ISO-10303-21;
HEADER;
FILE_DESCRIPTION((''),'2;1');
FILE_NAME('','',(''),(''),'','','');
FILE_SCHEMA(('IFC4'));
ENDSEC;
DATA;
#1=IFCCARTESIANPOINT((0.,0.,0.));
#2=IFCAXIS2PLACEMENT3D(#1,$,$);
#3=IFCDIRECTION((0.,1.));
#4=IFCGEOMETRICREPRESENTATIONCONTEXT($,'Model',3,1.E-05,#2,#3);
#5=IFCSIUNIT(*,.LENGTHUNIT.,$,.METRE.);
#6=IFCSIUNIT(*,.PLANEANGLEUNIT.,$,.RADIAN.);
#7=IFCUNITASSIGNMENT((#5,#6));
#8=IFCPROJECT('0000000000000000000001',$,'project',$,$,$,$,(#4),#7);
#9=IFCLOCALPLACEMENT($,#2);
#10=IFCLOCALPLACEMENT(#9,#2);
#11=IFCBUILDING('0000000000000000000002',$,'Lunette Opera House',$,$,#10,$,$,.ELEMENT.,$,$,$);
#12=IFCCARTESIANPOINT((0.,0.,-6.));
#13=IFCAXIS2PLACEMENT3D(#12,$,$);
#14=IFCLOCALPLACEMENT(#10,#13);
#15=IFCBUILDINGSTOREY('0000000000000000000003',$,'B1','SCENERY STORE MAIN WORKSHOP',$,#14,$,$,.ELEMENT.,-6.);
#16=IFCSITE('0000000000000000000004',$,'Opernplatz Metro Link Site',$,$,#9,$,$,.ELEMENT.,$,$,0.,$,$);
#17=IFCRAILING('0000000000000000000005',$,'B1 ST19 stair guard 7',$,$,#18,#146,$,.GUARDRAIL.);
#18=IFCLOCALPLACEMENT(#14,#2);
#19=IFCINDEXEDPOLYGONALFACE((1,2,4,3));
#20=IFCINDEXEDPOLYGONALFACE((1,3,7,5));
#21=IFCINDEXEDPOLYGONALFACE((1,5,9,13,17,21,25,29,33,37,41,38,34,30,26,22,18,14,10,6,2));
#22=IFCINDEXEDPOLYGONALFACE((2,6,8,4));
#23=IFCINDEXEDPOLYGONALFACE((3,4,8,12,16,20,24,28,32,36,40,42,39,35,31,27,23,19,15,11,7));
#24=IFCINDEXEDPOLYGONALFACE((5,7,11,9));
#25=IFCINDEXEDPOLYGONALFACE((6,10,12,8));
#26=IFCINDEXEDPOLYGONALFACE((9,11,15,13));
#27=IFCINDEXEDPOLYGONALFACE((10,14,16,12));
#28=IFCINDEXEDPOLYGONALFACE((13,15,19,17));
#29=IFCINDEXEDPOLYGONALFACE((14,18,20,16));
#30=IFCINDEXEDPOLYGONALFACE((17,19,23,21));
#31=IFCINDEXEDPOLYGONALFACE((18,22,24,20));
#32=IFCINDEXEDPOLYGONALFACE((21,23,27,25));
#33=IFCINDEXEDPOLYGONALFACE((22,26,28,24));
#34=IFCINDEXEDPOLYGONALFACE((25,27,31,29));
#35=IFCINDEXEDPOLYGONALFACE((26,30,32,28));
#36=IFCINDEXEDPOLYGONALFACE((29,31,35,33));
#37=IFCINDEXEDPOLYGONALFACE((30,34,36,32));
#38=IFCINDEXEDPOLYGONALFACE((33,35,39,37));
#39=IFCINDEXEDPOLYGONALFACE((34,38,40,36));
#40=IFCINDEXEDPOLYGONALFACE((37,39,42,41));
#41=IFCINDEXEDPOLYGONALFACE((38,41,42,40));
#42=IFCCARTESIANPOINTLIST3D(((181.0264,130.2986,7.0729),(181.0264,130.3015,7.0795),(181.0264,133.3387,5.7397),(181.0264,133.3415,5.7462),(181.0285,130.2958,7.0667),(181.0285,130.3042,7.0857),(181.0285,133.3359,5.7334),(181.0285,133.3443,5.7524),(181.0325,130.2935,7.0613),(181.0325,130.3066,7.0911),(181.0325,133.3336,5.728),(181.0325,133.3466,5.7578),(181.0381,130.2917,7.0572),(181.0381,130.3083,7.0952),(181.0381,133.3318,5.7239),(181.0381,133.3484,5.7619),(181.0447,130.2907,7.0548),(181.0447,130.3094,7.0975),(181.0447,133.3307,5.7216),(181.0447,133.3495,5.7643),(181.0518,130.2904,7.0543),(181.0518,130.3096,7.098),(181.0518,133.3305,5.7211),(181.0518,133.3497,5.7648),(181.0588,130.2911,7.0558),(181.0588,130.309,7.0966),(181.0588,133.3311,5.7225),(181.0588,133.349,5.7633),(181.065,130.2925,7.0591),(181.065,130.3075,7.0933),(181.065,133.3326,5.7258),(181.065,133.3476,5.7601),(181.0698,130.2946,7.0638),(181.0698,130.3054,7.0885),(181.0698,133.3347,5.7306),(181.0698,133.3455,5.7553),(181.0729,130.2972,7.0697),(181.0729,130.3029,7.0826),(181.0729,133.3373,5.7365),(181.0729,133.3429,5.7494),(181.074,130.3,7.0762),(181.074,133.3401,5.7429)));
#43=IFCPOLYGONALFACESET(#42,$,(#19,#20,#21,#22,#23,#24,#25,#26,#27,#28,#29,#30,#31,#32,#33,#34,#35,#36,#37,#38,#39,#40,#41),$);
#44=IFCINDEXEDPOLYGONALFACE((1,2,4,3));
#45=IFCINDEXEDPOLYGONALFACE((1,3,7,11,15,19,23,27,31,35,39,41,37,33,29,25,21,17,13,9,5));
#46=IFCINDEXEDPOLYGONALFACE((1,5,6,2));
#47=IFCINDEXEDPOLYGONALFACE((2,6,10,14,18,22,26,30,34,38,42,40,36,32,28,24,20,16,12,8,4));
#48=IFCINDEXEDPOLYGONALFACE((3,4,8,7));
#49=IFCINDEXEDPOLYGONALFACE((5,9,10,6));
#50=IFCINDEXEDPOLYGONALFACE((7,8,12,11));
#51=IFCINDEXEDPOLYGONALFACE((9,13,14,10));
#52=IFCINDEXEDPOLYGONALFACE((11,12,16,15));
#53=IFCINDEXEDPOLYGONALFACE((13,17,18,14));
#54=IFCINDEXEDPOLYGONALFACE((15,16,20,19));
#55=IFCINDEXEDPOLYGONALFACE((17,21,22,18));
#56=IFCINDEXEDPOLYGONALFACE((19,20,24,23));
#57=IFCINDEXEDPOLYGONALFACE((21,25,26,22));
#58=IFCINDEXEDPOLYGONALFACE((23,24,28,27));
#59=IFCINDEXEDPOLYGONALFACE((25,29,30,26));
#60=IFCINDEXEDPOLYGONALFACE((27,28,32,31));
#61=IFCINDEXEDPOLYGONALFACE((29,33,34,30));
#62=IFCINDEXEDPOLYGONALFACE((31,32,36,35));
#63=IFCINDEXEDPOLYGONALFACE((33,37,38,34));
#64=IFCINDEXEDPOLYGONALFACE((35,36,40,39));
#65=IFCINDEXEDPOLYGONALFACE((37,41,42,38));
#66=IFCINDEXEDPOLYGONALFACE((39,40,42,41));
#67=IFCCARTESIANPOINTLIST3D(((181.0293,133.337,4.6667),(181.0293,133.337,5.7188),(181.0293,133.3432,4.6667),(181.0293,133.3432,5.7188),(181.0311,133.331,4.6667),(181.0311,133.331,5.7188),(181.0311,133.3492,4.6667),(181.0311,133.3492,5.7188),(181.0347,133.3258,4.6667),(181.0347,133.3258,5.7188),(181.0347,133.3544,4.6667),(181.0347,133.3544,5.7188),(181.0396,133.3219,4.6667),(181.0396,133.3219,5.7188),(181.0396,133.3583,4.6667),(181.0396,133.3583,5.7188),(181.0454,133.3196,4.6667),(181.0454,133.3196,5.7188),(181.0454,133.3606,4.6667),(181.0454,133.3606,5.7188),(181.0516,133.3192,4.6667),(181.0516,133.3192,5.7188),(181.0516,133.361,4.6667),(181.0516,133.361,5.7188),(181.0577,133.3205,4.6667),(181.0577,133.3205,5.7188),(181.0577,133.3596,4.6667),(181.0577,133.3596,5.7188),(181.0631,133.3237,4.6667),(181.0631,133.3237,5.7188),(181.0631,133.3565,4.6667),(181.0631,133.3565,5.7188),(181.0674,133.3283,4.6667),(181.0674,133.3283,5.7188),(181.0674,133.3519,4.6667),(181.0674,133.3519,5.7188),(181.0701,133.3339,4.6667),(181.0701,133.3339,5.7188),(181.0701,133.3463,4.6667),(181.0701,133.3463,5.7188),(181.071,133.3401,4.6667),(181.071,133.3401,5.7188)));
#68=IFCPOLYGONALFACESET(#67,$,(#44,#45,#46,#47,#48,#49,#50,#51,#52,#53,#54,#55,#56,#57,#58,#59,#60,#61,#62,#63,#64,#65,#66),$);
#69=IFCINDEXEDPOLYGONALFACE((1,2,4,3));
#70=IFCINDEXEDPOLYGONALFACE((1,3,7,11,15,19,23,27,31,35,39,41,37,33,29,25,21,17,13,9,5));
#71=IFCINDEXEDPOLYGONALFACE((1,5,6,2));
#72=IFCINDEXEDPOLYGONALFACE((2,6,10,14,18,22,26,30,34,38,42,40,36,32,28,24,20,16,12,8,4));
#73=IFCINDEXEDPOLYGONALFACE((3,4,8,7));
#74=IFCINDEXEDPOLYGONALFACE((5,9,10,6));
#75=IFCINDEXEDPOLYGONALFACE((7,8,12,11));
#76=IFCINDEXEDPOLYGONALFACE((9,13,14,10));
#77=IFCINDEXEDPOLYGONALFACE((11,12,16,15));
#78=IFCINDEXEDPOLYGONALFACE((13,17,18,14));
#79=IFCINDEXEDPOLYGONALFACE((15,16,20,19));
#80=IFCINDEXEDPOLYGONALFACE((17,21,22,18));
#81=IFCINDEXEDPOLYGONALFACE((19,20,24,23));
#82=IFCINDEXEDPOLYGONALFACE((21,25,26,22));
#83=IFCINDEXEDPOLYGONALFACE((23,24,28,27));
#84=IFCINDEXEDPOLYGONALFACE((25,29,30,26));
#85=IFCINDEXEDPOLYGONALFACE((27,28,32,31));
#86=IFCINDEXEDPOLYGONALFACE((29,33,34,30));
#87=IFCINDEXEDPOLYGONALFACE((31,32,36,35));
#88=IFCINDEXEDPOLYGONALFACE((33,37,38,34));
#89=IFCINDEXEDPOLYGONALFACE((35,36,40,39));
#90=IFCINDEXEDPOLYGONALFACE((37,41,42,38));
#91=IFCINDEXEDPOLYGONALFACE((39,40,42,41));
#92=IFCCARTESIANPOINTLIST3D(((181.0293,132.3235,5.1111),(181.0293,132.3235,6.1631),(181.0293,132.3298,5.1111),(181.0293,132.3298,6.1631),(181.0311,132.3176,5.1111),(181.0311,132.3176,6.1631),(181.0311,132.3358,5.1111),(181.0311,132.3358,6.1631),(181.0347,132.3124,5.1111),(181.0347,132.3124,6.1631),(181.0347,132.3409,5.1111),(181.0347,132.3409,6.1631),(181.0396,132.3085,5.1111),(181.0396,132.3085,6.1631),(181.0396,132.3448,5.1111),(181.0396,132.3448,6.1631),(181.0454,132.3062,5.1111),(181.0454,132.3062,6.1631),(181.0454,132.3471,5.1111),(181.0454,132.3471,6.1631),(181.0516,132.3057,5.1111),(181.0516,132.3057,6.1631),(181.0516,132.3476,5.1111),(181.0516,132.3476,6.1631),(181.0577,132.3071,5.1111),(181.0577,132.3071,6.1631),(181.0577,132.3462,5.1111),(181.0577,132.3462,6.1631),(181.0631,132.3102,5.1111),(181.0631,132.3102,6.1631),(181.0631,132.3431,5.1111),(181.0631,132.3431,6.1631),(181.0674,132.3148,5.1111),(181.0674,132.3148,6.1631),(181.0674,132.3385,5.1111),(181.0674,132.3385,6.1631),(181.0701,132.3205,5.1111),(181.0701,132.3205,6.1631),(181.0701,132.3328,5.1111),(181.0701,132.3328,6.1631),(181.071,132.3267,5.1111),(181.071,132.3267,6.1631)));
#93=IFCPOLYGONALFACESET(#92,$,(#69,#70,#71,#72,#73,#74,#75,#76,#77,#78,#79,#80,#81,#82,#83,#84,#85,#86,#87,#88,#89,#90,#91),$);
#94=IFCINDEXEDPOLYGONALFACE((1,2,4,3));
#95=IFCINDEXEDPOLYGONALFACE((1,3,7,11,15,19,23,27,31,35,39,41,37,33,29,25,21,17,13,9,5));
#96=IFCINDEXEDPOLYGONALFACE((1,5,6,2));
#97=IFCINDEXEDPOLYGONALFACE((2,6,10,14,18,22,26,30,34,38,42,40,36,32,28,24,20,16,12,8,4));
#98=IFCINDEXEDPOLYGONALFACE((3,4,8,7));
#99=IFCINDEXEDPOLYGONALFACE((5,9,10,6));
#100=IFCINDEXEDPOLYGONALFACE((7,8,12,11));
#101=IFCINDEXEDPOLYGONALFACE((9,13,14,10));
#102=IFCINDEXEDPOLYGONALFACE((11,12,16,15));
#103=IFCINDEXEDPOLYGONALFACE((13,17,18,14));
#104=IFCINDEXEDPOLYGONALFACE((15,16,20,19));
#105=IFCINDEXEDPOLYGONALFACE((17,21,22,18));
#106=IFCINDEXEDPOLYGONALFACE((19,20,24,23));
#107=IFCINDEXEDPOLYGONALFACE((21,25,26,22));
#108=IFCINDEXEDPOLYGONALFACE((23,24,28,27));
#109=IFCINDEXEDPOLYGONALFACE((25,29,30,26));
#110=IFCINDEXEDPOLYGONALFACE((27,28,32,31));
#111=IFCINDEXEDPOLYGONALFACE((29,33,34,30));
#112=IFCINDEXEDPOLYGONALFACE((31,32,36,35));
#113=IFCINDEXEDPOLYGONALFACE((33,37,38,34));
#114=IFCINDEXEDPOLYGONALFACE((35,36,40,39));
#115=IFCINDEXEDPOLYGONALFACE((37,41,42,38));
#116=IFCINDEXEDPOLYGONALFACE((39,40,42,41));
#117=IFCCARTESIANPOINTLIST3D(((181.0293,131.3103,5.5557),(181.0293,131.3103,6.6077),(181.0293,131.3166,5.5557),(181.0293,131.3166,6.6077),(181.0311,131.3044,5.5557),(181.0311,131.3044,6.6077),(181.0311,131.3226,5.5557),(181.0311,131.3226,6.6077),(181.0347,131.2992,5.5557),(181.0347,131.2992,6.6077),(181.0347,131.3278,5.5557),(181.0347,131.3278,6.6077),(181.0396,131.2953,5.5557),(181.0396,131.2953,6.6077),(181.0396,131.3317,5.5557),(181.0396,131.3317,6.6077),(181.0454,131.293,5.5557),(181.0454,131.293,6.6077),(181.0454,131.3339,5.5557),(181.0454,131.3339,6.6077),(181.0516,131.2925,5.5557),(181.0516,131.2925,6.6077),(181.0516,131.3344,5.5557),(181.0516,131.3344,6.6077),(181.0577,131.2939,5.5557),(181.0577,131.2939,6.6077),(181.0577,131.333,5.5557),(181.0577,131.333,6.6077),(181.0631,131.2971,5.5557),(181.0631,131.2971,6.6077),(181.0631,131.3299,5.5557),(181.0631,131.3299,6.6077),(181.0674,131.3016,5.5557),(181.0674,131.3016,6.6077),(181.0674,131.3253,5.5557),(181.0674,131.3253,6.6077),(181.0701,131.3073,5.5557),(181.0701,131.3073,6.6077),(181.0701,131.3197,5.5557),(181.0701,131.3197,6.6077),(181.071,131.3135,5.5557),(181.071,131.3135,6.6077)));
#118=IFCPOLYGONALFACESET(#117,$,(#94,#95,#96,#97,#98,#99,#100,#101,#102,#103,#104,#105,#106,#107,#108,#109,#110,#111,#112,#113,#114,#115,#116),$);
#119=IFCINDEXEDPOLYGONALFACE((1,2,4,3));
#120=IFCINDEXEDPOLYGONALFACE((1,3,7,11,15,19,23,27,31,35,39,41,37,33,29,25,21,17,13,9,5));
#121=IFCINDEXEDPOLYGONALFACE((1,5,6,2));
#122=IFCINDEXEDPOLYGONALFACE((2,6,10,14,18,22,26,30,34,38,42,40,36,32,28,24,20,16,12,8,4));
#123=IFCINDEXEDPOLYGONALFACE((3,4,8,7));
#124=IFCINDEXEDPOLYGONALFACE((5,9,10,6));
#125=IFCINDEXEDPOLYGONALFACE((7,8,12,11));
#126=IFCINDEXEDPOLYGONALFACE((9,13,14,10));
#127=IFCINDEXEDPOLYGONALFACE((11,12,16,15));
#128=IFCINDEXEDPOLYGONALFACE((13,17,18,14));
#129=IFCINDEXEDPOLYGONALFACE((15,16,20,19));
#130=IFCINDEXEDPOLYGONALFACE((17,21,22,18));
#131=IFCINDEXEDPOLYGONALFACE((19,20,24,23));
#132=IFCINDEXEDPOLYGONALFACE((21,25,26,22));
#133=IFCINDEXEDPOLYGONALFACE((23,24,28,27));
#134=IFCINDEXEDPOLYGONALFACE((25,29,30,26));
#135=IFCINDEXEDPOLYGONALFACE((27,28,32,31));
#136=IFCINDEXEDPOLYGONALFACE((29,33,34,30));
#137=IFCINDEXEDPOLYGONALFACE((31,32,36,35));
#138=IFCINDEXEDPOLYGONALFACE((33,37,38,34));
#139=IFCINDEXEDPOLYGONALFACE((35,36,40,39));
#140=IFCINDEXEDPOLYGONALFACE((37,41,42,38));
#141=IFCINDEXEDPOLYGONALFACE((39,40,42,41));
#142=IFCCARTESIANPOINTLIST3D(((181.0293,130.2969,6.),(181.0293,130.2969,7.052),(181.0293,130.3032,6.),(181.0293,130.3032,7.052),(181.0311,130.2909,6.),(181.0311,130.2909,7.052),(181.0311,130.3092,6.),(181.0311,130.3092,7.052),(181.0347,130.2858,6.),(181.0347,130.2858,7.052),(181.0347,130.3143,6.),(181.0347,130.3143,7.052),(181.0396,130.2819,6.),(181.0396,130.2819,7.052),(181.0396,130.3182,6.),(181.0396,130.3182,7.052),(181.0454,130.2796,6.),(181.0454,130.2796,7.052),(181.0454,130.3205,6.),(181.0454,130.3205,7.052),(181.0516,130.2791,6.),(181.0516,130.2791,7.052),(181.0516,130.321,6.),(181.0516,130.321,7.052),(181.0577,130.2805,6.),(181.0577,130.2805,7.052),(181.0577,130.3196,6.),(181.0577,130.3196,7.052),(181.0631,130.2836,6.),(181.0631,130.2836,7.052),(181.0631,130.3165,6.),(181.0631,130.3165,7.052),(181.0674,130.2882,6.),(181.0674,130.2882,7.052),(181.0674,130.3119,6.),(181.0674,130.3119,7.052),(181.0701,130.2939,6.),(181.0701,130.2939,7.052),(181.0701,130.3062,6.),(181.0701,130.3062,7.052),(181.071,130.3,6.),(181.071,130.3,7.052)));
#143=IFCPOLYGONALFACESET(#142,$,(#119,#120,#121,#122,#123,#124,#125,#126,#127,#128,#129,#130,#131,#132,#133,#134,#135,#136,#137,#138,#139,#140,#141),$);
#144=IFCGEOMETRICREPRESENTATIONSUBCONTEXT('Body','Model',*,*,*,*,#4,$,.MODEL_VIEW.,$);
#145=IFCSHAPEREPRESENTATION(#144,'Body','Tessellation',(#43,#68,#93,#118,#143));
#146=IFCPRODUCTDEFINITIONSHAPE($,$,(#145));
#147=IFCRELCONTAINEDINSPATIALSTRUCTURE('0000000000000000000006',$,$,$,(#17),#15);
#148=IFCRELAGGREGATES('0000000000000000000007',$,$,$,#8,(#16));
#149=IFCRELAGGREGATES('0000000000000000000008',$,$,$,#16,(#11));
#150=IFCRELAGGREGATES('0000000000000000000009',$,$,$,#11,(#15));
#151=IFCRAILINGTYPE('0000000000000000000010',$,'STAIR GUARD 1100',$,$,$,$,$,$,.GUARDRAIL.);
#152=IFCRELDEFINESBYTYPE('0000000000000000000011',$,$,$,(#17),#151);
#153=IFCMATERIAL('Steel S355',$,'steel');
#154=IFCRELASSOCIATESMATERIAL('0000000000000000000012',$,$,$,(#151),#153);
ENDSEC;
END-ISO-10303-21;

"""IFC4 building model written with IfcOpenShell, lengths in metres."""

from ifc_helpers import new_model, si_unit, direction, frame, origin, origin_2d, place, context, subcontext, project, spatial, circle, extrude, material, type_object, element, save


model = new_model("IFC4")

# Units and contexts
model_context = context("Model", 3, precision=1e-05, world=origin(), true_north=direction((0.0, 1.0)))
body_context = subcontext(model_context, "Body", "Model", "MODEL_VIEW")
ifc_project = project(units=[si_unit("LENGTHUNIT", "METRE"), si_unit("PLANEANGLEUNIT", "RADIAN")], contexts=[model_context])

# Site, building, storey
site_placement = place(None, origin())
site = spatial("IfcSite", under=ifc_project, at=site_placement, Name="Opernplatz Metro Link Site", CompositionType="ELEMENT", RefElevation=0.0)
building_placement = place(site_placement, origin())
building = spatial("IfcBuilding", under=site, at=building_placement, Name="Lunette Opera House", CompositionType="ELEMENT")
storey_placement = place(building_placement, frame((0.0, 0.0, -6.0)))
storey = spatial("IfcBuildingStorey", under=building, at=storey_placement, Name="B1", Description="SCENERY STORE MAIN WORKSHOP", CompositionType="ELEMENT", Elevation=-6.0)

# Railing
ifc_material_1 = material(Name="Steel S355", Category="steel")
railing_type_1 = type_object("IfcRailingType", Name="STAIR GUARD 1100", PredefinedType="GUARDRAIL", material=ifc_material_1)
railing_1_placement = place(storey_placement, frame((181.05, 133.3401, 4.6667)))
element("IfcRailing", 1, at=railing_1_placement, inside=storey, type_object=railing_type_1, Name="B1 ST19 stair guard 7", PredefinedType="GUARDRAIL", context=body_context, shape_type="SweptSolid", body=[
    extrude(circle(Radius=0.0239, at=origin_2d()), frame((0.0, 0.0, 1.0762), z_axis=(0.0, -0.915799, 0.401637), x_axis=(1.0, 0.0, 0.0)), (0.0, 0.0, 1.0), 3.3196),
    extrude(circle(Radius=0.021, at=origin_2d()), origin(), (0.0, 0.0, 1.0), 1.052),
    extrude(circle(Radius=0.021, at=origin_2d()), frame((0.0, -1.0134, 0.4443)), (0.0, 0.0, 1.0), 1.052),
    extrude(circle(Radius=0.021, at=origin_2d()), frame((0.0, -2.0266, 0.8889)), (0.0, 0.0, 1.0), 1.052),
    extrude(circle(Radius=0.021, at=origin_2d()), frame((0.0, -3.04, 1.3333)), (0.0, 0.0, 1.0), 1.052),
])

save(model, "model.ifc")
